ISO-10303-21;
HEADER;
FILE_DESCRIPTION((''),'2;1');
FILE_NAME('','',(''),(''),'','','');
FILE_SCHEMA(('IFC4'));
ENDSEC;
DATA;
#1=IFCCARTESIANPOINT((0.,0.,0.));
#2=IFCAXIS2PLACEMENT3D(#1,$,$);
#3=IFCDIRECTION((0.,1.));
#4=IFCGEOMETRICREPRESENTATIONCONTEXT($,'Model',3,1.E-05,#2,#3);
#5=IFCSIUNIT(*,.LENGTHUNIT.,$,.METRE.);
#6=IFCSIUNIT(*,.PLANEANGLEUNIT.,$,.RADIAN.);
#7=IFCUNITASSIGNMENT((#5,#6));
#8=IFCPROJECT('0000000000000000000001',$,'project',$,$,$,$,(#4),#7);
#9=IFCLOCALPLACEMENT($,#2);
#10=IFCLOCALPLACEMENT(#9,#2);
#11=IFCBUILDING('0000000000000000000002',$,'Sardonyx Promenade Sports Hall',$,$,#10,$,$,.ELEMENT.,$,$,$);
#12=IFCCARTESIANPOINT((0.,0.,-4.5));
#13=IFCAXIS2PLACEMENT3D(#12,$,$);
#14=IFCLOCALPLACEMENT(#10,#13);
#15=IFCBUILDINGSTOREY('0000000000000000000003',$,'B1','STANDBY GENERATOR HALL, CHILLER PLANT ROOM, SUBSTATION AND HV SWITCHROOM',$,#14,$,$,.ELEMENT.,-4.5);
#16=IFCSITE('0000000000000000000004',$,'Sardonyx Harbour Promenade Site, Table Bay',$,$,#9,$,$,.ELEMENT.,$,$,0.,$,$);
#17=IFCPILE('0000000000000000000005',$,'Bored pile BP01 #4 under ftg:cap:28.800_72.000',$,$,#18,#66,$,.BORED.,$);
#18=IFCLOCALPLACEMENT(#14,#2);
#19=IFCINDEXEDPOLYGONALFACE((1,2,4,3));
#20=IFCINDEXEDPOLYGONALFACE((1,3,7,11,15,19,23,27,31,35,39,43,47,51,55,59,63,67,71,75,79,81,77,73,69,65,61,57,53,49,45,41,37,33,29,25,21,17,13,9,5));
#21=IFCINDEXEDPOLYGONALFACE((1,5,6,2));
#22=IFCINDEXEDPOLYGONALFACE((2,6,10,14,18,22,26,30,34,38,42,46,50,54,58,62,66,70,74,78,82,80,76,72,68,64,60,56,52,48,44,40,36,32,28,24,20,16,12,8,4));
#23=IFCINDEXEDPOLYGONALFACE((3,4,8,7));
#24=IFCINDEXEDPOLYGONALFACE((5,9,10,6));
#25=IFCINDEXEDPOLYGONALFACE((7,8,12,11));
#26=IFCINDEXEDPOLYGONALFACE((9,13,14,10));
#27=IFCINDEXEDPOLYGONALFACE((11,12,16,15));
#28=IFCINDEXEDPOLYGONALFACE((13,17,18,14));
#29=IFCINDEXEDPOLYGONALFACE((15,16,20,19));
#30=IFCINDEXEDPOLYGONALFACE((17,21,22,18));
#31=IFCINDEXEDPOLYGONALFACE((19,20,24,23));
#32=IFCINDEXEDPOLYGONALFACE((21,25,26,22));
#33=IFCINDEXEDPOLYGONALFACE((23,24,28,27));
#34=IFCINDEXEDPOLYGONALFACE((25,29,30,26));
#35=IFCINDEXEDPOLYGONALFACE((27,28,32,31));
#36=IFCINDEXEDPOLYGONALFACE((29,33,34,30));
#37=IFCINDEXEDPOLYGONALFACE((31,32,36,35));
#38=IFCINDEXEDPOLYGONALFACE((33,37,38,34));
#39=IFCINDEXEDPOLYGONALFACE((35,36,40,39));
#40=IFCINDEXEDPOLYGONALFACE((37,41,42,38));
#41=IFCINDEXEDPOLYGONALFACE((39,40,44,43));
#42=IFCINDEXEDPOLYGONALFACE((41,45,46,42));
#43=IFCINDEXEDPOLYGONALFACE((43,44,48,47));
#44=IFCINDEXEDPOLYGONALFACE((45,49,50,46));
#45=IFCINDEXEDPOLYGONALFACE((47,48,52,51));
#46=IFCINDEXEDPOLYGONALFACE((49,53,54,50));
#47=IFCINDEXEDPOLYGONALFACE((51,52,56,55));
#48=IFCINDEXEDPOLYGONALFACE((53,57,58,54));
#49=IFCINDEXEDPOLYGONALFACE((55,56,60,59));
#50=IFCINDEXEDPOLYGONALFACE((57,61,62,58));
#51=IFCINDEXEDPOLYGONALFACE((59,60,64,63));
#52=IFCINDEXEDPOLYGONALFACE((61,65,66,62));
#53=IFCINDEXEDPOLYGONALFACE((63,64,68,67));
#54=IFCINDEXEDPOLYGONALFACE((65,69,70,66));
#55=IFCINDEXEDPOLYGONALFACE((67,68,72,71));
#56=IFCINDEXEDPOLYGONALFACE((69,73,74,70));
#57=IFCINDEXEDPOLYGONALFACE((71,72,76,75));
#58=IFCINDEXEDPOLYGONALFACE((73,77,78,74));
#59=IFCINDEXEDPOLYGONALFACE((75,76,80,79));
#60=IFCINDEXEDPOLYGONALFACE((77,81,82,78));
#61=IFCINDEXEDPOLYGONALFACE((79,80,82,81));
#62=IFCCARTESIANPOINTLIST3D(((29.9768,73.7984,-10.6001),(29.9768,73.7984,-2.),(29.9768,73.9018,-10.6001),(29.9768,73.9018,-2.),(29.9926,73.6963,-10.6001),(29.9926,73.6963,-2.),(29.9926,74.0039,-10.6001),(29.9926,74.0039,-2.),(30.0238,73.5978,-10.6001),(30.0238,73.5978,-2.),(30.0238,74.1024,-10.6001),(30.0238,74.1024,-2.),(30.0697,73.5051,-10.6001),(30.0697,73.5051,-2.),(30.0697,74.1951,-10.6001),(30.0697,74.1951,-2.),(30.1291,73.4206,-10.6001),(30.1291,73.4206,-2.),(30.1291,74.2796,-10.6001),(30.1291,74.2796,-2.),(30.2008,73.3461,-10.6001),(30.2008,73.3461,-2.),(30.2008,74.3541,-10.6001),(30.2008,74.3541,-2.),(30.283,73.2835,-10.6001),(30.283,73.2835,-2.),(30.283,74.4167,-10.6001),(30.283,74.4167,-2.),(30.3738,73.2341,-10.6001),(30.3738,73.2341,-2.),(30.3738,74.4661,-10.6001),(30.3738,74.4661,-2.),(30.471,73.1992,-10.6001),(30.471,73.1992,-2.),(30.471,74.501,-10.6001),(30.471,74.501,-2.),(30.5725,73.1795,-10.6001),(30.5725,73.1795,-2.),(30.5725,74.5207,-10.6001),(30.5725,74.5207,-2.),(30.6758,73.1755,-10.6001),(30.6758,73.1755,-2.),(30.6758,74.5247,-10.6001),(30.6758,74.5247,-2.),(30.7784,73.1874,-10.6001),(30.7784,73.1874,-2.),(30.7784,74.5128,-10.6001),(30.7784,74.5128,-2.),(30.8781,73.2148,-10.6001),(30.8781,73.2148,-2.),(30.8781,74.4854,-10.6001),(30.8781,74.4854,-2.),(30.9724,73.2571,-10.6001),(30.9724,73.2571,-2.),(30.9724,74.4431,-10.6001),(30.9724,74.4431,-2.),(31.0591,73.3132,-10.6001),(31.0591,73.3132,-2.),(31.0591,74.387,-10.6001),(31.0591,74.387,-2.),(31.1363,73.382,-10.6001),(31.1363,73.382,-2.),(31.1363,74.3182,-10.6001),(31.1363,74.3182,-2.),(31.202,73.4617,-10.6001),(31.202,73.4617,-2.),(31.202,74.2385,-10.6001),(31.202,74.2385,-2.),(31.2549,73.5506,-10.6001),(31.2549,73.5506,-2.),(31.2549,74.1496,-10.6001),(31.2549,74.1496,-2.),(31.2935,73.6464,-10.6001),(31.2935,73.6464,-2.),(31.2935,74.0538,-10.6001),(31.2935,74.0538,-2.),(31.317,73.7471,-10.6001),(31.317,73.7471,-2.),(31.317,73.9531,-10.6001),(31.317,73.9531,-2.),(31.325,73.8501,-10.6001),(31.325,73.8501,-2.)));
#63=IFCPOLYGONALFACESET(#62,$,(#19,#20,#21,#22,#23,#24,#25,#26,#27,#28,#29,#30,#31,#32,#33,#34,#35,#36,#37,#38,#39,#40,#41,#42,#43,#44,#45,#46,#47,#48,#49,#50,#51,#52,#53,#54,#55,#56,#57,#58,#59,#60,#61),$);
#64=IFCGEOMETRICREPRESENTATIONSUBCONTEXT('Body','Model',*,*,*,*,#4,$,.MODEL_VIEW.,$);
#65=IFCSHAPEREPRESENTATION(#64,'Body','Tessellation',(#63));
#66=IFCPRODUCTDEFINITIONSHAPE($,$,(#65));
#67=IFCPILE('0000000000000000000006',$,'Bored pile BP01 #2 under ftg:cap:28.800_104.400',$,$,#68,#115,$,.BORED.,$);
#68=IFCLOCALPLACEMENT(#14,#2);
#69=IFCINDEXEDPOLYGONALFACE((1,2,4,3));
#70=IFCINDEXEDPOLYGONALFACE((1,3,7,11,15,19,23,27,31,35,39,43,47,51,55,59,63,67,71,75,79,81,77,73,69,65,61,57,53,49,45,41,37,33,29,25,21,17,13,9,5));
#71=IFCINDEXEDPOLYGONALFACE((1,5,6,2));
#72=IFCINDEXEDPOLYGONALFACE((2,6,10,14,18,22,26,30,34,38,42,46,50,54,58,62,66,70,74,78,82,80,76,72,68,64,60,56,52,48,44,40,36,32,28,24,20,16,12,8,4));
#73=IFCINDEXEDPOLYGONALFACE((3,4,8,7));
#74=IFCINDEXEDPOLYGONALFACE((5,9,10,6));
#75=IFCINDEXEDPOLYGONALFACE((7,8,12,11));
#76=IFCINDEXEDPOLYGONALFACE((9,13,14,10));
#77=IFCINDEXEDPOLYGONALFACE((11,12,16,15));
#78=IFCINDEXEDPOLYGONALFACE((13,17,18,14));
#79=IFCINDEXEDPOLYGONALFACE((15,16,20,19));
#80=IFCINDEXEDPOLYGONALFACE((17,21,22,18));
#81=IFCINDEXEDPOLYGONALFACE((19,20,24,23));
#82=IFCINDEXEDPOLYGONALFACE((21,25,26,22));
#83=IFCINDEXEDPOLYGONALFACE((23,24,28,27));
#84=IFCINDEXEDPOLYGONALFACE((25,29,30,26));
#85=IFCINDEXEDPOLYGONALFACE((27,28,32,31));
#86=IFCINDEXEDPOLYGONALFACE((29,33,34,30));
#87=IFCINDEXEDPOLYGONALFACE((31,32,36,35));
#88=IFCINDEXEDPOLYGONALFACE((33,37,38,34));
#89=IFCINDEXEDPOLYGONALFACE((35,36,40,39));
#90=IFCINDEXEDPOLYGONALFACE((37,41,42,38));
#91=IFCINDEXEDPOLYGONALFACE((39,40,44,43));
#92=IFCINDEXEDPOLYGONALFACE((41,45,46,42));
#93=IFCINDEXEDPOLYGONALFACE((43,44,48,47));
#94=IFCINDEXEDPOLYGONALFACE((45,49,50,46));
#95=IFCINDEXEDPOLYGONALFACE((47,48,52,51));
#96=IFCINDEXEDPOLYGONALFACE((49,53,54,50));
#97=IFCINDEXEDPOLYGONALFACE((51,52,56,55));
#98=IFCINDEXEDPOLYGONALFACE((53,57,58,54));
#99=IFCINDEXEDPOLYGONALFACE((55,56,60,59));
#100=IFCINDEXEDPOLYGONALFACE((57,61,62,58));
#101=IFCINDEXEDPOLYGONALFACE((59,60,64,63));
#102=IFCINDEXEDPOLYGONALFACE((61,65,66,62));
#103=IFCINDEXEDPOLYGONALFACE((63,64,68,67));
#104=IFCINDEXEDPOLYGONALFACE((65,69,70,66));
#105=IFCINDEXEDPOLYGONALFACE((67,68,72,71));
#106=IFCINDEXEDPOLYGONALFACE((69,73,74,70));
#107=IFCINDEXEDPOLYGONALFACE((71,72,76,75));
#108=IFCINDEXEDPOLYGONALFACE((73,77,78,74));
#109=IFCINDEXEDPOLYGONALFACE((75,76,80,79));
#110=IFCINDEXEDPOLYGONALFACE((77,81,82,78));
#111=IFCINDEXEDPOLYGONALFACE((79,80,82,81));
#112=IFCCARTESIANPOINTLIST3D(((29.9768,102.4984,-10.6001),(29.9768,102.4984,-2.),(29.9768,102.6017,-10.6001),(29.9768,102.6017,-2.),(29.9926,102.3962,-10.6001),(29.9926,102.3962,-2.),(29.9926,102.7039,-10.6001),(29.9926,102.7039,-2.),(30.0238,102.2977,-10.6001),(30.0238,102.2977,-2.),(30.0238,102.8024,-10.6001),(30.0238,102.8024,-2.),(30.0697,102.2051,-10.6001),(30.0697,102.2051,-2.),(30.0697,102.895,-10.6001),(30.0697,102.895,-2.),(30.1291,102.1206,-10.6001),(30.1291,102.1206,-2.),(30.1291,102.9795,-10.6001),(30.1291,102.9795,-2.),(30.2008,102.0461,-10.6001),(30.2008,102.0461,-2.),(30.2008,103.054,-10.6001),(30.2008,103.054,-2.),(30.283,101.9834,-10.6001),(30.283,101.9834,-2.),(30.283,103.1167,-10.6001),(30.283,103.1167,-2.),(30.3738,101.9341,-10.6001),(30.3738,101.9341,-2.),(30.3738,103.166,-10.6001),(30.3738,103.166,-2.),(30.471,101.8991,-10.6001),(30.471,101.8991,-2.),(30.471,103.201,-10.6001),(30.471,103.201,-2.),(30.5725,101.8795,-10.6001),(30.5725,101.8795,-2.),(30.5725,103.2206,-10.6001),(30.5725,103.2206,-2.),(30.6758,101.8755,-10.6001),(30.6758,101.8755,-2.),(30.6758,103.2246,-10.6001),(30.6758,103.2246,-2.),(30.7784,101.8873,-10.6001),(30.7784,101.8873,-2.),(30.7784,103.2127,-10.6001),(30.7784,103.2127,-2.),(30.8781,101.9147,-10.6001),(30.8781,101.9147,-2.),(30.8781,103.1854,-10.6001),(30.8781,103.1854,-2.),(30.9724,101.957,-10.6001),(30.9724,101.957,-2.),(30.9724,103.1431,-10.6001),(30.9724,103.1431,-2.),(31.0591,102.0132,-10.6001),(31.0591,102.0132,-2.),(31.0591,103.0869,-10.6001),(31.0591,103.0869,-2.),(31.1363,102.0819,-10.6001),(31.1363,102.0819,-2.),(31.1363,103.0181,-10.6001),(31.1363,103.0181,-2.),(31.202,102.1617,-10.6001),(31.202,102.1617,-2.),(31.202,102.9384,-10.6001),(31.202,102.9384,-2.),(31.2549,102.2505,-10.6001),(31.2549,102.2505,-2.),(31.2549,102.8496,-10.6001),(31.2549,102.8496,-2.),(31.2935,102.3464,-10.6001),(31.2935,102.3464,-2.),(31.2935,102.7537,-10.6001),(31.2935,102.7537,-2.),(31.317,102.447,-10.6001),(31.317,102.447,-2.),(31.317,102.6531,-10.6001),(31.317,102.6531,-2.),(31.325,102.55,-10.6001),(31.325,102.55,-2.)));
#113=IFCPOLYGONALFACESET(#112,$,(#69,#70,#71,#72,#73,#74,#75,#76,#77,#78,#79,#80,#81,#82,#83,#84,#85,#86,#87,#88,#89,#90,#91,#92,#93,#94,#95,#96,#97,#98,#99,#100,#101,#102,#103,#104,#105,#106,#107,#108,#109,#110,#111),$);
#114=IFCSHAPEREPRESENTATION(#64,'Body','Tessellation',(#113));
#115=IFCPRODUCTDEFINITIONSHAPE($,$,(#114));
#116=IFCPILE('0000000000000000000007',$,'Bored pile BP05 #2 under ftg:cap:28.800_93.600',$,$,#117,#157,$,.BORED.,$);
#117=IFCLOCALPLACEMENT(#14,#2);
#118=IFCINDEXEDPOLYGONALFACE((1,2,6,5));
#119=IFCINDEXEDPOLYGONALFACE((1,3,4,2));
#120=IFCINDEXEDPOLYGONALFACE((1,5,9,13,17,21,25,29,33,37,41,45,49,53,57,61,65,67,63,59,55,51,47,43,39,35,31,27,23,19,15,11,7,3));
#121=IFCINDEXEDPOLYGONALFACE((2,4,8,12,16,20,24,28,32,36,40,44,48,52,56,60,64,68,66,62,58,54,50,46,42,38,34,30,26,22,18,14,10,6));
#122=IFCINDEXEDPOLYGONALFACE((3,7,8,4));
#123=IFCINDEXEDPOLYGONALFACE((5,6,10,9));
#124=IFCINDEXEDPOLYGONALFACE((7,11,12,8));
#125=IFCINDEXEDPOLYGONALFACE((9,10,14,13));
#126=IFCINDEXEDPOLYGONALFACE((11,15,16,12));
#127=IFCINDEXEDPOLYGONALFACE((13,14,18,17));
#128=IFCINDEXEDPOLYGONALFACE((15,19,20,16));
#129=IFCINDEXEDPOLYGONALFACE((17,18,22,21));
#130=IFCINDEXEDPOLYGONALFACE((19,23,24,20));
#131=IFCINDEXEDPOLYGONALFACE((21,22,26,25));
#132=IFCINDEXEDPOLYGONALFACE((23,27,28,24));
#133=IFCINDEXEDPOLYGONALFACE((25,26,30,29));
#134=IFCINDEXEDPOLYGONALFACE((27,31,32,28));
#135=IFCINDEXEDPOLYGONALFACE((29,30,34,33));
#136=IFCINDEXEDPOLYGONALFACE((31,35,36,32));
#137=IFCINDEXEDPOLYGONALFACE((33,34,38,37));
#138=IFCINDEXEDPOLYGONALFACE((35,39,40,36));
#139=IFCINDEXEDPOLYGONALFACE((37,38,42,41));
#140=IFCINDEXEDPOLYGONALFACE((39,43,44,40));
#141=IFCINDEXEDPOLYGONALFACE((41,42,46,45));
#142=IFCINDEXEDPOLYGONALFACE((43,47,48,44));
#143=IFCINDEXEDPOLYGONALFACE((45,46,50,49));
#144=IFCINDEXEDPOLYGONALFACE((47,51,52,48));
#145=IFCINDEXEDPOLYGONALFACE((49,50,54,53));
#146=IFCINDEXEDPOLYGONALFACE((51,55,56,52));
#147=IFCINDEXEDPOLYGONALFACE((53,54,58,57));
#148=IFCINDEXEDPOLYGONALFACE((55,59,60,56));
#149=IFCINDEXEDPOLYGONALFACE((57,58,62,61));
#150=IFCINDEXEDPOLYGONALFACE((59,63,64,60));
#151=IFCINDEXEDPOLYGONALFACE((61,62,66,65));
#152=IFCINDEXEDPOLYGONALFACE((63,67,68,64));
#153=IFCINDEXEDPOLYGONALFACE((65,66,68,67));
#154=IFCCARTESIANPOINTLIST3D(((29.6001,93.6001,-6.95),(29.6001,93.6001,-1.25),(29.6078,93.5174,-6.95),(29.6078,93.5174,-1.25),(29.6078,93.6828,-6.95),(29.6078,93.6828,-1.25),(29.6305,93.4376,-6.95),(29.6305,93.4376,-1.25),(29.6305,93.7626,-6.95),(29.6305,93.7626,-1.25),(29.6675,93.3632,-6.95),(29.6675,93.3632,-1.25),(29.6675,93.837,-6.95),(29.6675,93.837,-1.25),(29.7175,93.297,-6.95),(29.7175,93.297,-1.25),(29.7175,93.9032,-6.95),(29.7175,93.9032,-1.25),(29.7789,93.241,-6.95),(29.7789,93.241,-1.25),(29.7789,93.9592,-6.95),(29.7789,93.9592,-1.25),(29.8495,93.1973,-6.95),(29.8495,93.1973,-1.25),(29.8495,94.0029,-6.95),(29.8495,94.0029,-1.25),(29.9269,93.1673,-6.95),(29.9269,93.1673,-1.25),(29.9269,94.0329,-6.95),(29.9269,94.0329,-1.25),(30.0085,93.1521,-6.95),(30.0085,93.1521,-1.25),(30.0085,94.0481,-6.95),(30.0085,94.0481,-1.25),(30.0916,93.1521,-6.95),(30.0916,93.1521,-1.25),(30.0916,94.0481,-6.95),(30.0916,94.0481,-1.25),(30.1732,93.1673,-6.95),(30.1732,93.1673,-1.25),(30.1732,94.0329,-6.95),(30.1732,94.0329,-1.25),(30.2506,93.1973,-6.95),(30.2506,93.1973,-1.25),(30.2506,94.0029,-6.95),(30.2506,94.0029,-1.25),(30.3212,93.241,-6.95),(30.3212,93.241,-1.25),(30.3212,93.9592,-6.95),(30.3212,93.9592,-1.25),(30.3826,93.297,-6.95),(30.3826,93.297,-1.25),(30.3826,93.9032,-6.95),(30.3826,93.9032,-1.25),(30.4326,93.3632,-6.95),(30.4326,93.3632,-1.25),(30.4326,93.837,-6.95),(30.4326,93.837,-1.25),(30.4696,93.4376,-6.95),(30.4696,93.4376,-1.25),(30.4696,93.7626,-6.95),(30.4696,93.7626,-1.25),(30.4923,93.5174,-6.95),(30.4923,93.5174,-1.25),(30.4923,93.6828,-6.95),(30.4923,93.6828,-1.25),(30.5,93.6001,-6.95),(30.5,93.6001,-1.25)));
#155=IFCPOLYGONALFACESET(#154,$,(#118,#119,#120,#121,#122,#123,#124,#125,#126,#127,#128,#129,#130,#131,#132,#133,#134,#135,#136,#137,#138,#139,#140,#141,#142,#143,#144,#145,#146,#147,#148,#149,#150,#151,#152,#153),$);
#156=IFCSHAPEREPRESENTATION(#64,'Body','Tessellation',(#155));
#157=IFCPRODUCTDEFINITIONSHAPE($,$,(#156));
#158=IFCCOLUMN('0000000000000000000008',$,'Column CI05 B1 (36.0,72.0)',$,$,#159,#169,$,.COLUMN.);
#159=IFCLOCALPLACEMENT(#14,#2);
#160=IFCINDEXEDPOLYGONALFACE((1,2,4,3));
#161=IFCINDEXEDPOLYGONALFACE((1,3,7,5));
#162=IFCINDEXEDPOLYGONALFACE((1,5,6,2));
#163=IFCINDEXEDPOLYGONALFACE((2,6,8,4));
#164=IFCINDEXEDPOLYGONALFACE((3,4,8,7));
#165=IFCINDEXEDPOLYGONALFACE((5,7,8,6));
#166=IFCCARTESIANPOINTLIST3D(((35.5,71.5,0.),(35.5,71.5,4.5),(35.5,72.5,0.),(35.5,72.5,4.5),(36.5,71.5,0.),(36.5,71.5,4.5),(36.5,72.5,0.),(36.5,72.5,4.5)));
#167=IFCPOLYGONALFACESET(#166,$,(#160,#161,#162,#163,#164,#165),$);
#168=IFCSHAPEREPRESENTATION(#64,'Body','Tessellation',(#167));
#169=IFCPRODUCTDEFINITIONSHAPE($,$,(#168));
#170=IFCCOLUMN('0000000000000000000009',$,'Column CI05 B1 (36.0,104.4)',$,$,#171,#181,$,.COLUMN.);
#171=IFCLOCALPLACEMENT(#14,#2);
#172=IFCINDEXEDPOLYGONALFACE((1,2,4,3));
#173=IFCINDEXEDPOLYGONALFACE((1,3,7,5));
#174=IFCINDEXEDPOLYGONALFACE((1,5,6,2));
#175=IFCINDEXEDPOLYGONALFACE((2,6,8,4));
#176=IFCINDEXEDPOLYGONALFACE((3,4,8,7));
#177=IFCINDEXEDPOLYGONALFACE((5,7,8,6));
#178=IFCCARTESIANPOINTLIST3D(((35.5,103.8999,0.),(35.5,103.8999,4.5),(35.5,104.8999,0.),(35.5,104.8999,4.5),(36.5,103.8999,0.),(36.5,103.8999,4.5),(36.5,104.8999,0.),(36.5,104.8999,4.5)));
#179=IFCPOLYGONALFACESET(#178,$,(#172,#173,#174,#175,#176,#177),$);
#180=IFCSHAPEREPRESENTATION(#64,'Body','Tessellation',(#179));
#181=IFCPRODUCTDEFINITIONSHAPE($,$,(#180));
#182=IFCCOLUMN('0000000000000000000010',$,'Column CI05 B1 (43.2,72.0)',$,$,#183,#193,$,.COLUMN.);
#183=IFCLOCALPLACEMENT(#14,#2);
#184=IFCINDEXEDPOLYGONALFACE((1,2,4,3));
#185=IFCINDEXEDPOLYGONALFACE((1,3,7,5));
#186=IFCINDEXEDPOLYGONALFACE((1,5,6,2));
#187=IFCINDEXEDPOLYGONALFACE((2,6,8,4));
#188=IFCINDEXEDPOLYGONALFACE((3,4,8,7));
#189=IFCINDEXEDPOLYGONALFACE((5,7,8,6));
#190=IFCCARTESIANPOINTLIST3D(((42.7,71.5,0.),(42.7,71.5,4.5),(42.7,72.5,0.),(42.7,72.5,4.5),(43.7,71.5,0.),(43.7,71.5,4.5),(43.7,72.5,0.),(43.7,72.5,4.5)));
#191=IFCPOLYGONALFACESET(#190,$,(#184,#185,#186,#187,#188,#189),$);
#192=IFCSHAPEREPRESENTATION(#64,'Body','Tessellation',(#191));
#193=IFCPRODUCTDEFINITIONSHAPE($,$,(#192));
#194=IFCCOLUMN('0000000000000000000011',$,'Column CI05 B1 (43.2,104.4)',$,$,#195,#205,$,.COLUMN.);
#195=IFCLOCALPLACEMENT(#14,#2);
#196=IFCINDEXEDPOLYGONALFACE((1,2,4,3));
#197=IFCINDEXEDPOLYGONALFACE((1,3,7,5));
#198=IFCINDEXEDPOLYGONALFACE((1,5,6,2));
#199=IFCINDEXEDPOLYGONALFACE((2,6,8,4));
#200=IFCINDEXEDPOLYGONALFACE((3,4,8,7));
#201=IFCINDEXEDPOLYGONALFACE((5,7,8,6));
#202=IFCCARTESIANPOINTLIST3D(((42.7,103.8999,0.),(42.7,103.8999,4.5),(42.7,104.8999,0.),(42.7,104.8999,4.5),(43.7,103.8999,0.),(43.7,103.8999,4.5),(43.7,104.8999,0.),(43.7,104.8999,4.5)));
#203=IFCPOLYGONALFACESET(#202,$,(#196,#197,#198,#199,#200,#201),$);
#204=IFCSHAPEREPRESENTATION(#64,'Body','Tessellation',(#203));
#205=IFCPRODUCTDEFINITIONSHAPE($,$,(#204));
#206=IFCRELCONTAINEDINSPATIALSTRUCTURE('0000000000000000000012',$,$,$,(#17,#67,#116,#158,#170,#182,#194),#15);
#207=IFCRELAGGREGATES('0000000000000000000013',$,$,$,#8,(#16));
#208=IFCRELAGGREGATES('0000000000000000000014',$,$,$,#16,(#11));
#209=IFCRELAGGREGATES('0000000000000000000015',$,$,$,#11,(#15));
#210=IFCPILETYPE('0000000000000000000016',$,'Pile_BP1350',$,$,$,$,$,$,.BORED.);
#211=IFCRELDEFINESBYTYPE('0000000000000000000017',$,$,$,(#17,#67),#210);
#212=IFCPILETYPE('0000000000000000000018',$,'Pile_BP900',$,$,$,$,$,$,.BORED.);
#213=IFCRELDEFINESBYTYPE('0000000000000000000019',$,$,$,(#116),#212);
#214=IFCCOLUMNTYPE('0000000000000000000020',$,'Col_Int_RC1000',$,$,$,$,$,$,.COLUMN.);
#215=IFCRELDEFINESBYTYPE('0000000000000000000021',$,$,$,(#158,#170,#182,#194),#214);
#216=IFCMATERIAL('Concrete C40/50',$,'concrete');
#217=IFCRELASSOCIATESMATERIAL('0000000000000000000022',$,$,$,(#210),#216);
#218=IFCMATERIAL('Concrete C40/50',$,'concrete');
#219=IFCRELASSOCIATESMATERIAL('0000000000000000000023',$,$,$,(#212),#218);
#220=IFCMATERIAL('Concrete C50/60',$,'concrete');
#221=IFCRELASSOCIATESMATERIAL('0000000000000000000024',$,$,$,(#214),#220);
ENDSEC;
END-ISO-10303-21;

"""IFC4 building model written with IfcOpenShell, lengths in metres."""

from ifc_helpers import new_model, si_unit, direction, frame, origin, origin_2d, place, context, subcontext, project, spatial, rectangle, circle, extrude, material, material_profile, profile_set, type_object, element, save


model = new_model("IFC4")

# Units and contexts
model_context = context("Model", 3, precision=1e-05, world=origin(), true_north=direction((0.0, 1.0)))
body_context = subcontext(model_context, "Body", "Model", "MODEL_VIEW")
ifc_project = project(units=[si_unit("LENGTHUNIT", "METRE"), si_unit("PLANEANGLEUNIT", "RADIAN")], contexts=[model_context])

# Site, building, storey
site_placement = place(None, origin())
site = spatial("IfcSite", under=ifc_project, at=site_placement, Name="Sardonyx Harbour Promenade Site, Table Bay", CompositionType="ELEMENT", RefElevation=0.0)
building_placement = place(site_placement, origin())
building = spatial("IfcBuilding", under=site, at=building_placement, Name="Sardonyx Promenade Sports Hall", CompositionType="ELEMENT")
storey_placement = place(building_placement, frame((0.0, 0.0, -4.5)))
storey = spatial("IfcBuildingStorey", under=building, at=storey_placement, Name="B1", Description="STANDBY GENERATOR HALL, CHILLER PLANT ROOM, SUBSTATION AND HV SWITCHROOM", CompositionType="ELEMENT", Elevation=-4.5)

# Piles
ifc_material_1 = material(Name="Concrete C40/50", Category="concrete")
ifc_material_profile_1 = material_profile(ifc_material_1, circle(Radius=0.675, at=origin_2d()))
ifc_profile_set_1 = profile_set([ifc_material_profile_1], Name="Concrete C40/50")
pile_type_1 = type_object("IfcPileType", Name="Pile_BP1350", PredefinedType="BORED", material=ifc_profile_set_1)
for number, where, z_axis, x_axis, name in (
    (1, (30.6499, 73.8501, -2.0), (0.0, 0.0, -1.0), (1.0, 0.0, 0.0), "Bored pile BP01 #4 under ftg:cap:28.800_72.000"),
    (2, (30.6499, 102.55, -2.0), (0.0, 0.0, -1.0), (1.0, 0.0, 0.0), "Bored pile BP01 #2 under ftg:cap:28.800_104.400"),
):
    element("IfcPile", number, at=place(storey_placement, frame(where, z_axis=z_axis, x_axis=x_axis)), inside=storey, type_object=pile_type_1, Name=name, PredefinedType="BORED", context=body_context, shape_type="SweptSolid", body=[
        extrude(circle(Radius=0.675, at=origin_2d()), origin(), (0.0, 0.0, 1.0), 8.6001),
    ])
ifc_material_2 = material(Name="Concrete C40/50", Category="concrete")
ifc_material_profile_2 = material_profile(ifc_material_2, circle(Radius=0.45, at=origin_2d()))
ifc_profile_set_2 = profile_set([ifc_material_profile_2], Name="Concrete C40/50")
pile_type_2 = type_object("IfcPileType", Name="Pile_BP900", PredefinedType="BORED", material=ifc_profile_set_2)
pile_placement = place(storey_placement, frame((30.05, 93.6001, -1.25), z_axis=(0.0, 0.0, -1.0), x_axis=(1.0, 0.0, 0.0)))
element("IfcPile", 3, at=pile_placement, inside=storey, type_object=pile_type_2, Name="Bored pile BP05 #2 under ftg:cap:28.800_93.600", PredefinedType="BORED", context=body_context, shape_type="SweptSolid", body=[
    extrude(circle(Radius=0.45, at=origin_2d()), origin(), (0.0, 0.0, 1.0), 5.7),
])

# Columns
ifc_material_3 = material(Name="Concrete C50/60", Category="concrete")
ifc_material_profile_3 = material_profile(ifc_material_3, rectangle(XDim=1.0, YDim=1.0, at=origin_2d()))
ifc_profile_set_3 = profile_set([ifc_material_profile_3], Name="Concrete C50/60")
column_type_1 = type_object("IfcColumnType", Name="Col_Int_RC1000", PredefinedType="COLUMN", material=ifc_profile_set_3)
for number, where, z_axis, x_axis, name in (
    (4, (36.0, 72.0, 0.0), (0.0, 0.0, 1.0), (1.0, 0.0, 0.0), "Column CI05 B1 (36.0,72.0)"),
    (5, (36.0, 104.3999, 0.0), (0.0, 0.0, 1.0), (1.0, 0.0, 0.0), "Column CI05 B1 (36.0,104.4)"),
    (6, (43.2, 72.0, 0.0), (0.0, 0.0, 1.0), (1.0, 0.0, 0.0), "Column CI05 B1 (43.2,72.0)"),
    (7, (43.2, 104.3999, 0.0), (0.0, 0.0, 1.0), (1.0, 0.0, 0.0), "Column CI05 B1 (43.2,104.4)"),
):
    element("IfcColumn", number, at=place(storey_placement, frame(where, z_axis=z_axis, x_axis=x_axis)), inside=storey, type_object=column_type_1, Name=name, PredefinedType="COLUMN", context=body_context, shape_type="SweptSolid", body=[
        extrude(rectangle(XDim=1.0, YDim=1.0, at=origin_2d()), origin(), (0.0, 0.0, 1.0), 4.5),
    ])

save(model, "model.ifc")
